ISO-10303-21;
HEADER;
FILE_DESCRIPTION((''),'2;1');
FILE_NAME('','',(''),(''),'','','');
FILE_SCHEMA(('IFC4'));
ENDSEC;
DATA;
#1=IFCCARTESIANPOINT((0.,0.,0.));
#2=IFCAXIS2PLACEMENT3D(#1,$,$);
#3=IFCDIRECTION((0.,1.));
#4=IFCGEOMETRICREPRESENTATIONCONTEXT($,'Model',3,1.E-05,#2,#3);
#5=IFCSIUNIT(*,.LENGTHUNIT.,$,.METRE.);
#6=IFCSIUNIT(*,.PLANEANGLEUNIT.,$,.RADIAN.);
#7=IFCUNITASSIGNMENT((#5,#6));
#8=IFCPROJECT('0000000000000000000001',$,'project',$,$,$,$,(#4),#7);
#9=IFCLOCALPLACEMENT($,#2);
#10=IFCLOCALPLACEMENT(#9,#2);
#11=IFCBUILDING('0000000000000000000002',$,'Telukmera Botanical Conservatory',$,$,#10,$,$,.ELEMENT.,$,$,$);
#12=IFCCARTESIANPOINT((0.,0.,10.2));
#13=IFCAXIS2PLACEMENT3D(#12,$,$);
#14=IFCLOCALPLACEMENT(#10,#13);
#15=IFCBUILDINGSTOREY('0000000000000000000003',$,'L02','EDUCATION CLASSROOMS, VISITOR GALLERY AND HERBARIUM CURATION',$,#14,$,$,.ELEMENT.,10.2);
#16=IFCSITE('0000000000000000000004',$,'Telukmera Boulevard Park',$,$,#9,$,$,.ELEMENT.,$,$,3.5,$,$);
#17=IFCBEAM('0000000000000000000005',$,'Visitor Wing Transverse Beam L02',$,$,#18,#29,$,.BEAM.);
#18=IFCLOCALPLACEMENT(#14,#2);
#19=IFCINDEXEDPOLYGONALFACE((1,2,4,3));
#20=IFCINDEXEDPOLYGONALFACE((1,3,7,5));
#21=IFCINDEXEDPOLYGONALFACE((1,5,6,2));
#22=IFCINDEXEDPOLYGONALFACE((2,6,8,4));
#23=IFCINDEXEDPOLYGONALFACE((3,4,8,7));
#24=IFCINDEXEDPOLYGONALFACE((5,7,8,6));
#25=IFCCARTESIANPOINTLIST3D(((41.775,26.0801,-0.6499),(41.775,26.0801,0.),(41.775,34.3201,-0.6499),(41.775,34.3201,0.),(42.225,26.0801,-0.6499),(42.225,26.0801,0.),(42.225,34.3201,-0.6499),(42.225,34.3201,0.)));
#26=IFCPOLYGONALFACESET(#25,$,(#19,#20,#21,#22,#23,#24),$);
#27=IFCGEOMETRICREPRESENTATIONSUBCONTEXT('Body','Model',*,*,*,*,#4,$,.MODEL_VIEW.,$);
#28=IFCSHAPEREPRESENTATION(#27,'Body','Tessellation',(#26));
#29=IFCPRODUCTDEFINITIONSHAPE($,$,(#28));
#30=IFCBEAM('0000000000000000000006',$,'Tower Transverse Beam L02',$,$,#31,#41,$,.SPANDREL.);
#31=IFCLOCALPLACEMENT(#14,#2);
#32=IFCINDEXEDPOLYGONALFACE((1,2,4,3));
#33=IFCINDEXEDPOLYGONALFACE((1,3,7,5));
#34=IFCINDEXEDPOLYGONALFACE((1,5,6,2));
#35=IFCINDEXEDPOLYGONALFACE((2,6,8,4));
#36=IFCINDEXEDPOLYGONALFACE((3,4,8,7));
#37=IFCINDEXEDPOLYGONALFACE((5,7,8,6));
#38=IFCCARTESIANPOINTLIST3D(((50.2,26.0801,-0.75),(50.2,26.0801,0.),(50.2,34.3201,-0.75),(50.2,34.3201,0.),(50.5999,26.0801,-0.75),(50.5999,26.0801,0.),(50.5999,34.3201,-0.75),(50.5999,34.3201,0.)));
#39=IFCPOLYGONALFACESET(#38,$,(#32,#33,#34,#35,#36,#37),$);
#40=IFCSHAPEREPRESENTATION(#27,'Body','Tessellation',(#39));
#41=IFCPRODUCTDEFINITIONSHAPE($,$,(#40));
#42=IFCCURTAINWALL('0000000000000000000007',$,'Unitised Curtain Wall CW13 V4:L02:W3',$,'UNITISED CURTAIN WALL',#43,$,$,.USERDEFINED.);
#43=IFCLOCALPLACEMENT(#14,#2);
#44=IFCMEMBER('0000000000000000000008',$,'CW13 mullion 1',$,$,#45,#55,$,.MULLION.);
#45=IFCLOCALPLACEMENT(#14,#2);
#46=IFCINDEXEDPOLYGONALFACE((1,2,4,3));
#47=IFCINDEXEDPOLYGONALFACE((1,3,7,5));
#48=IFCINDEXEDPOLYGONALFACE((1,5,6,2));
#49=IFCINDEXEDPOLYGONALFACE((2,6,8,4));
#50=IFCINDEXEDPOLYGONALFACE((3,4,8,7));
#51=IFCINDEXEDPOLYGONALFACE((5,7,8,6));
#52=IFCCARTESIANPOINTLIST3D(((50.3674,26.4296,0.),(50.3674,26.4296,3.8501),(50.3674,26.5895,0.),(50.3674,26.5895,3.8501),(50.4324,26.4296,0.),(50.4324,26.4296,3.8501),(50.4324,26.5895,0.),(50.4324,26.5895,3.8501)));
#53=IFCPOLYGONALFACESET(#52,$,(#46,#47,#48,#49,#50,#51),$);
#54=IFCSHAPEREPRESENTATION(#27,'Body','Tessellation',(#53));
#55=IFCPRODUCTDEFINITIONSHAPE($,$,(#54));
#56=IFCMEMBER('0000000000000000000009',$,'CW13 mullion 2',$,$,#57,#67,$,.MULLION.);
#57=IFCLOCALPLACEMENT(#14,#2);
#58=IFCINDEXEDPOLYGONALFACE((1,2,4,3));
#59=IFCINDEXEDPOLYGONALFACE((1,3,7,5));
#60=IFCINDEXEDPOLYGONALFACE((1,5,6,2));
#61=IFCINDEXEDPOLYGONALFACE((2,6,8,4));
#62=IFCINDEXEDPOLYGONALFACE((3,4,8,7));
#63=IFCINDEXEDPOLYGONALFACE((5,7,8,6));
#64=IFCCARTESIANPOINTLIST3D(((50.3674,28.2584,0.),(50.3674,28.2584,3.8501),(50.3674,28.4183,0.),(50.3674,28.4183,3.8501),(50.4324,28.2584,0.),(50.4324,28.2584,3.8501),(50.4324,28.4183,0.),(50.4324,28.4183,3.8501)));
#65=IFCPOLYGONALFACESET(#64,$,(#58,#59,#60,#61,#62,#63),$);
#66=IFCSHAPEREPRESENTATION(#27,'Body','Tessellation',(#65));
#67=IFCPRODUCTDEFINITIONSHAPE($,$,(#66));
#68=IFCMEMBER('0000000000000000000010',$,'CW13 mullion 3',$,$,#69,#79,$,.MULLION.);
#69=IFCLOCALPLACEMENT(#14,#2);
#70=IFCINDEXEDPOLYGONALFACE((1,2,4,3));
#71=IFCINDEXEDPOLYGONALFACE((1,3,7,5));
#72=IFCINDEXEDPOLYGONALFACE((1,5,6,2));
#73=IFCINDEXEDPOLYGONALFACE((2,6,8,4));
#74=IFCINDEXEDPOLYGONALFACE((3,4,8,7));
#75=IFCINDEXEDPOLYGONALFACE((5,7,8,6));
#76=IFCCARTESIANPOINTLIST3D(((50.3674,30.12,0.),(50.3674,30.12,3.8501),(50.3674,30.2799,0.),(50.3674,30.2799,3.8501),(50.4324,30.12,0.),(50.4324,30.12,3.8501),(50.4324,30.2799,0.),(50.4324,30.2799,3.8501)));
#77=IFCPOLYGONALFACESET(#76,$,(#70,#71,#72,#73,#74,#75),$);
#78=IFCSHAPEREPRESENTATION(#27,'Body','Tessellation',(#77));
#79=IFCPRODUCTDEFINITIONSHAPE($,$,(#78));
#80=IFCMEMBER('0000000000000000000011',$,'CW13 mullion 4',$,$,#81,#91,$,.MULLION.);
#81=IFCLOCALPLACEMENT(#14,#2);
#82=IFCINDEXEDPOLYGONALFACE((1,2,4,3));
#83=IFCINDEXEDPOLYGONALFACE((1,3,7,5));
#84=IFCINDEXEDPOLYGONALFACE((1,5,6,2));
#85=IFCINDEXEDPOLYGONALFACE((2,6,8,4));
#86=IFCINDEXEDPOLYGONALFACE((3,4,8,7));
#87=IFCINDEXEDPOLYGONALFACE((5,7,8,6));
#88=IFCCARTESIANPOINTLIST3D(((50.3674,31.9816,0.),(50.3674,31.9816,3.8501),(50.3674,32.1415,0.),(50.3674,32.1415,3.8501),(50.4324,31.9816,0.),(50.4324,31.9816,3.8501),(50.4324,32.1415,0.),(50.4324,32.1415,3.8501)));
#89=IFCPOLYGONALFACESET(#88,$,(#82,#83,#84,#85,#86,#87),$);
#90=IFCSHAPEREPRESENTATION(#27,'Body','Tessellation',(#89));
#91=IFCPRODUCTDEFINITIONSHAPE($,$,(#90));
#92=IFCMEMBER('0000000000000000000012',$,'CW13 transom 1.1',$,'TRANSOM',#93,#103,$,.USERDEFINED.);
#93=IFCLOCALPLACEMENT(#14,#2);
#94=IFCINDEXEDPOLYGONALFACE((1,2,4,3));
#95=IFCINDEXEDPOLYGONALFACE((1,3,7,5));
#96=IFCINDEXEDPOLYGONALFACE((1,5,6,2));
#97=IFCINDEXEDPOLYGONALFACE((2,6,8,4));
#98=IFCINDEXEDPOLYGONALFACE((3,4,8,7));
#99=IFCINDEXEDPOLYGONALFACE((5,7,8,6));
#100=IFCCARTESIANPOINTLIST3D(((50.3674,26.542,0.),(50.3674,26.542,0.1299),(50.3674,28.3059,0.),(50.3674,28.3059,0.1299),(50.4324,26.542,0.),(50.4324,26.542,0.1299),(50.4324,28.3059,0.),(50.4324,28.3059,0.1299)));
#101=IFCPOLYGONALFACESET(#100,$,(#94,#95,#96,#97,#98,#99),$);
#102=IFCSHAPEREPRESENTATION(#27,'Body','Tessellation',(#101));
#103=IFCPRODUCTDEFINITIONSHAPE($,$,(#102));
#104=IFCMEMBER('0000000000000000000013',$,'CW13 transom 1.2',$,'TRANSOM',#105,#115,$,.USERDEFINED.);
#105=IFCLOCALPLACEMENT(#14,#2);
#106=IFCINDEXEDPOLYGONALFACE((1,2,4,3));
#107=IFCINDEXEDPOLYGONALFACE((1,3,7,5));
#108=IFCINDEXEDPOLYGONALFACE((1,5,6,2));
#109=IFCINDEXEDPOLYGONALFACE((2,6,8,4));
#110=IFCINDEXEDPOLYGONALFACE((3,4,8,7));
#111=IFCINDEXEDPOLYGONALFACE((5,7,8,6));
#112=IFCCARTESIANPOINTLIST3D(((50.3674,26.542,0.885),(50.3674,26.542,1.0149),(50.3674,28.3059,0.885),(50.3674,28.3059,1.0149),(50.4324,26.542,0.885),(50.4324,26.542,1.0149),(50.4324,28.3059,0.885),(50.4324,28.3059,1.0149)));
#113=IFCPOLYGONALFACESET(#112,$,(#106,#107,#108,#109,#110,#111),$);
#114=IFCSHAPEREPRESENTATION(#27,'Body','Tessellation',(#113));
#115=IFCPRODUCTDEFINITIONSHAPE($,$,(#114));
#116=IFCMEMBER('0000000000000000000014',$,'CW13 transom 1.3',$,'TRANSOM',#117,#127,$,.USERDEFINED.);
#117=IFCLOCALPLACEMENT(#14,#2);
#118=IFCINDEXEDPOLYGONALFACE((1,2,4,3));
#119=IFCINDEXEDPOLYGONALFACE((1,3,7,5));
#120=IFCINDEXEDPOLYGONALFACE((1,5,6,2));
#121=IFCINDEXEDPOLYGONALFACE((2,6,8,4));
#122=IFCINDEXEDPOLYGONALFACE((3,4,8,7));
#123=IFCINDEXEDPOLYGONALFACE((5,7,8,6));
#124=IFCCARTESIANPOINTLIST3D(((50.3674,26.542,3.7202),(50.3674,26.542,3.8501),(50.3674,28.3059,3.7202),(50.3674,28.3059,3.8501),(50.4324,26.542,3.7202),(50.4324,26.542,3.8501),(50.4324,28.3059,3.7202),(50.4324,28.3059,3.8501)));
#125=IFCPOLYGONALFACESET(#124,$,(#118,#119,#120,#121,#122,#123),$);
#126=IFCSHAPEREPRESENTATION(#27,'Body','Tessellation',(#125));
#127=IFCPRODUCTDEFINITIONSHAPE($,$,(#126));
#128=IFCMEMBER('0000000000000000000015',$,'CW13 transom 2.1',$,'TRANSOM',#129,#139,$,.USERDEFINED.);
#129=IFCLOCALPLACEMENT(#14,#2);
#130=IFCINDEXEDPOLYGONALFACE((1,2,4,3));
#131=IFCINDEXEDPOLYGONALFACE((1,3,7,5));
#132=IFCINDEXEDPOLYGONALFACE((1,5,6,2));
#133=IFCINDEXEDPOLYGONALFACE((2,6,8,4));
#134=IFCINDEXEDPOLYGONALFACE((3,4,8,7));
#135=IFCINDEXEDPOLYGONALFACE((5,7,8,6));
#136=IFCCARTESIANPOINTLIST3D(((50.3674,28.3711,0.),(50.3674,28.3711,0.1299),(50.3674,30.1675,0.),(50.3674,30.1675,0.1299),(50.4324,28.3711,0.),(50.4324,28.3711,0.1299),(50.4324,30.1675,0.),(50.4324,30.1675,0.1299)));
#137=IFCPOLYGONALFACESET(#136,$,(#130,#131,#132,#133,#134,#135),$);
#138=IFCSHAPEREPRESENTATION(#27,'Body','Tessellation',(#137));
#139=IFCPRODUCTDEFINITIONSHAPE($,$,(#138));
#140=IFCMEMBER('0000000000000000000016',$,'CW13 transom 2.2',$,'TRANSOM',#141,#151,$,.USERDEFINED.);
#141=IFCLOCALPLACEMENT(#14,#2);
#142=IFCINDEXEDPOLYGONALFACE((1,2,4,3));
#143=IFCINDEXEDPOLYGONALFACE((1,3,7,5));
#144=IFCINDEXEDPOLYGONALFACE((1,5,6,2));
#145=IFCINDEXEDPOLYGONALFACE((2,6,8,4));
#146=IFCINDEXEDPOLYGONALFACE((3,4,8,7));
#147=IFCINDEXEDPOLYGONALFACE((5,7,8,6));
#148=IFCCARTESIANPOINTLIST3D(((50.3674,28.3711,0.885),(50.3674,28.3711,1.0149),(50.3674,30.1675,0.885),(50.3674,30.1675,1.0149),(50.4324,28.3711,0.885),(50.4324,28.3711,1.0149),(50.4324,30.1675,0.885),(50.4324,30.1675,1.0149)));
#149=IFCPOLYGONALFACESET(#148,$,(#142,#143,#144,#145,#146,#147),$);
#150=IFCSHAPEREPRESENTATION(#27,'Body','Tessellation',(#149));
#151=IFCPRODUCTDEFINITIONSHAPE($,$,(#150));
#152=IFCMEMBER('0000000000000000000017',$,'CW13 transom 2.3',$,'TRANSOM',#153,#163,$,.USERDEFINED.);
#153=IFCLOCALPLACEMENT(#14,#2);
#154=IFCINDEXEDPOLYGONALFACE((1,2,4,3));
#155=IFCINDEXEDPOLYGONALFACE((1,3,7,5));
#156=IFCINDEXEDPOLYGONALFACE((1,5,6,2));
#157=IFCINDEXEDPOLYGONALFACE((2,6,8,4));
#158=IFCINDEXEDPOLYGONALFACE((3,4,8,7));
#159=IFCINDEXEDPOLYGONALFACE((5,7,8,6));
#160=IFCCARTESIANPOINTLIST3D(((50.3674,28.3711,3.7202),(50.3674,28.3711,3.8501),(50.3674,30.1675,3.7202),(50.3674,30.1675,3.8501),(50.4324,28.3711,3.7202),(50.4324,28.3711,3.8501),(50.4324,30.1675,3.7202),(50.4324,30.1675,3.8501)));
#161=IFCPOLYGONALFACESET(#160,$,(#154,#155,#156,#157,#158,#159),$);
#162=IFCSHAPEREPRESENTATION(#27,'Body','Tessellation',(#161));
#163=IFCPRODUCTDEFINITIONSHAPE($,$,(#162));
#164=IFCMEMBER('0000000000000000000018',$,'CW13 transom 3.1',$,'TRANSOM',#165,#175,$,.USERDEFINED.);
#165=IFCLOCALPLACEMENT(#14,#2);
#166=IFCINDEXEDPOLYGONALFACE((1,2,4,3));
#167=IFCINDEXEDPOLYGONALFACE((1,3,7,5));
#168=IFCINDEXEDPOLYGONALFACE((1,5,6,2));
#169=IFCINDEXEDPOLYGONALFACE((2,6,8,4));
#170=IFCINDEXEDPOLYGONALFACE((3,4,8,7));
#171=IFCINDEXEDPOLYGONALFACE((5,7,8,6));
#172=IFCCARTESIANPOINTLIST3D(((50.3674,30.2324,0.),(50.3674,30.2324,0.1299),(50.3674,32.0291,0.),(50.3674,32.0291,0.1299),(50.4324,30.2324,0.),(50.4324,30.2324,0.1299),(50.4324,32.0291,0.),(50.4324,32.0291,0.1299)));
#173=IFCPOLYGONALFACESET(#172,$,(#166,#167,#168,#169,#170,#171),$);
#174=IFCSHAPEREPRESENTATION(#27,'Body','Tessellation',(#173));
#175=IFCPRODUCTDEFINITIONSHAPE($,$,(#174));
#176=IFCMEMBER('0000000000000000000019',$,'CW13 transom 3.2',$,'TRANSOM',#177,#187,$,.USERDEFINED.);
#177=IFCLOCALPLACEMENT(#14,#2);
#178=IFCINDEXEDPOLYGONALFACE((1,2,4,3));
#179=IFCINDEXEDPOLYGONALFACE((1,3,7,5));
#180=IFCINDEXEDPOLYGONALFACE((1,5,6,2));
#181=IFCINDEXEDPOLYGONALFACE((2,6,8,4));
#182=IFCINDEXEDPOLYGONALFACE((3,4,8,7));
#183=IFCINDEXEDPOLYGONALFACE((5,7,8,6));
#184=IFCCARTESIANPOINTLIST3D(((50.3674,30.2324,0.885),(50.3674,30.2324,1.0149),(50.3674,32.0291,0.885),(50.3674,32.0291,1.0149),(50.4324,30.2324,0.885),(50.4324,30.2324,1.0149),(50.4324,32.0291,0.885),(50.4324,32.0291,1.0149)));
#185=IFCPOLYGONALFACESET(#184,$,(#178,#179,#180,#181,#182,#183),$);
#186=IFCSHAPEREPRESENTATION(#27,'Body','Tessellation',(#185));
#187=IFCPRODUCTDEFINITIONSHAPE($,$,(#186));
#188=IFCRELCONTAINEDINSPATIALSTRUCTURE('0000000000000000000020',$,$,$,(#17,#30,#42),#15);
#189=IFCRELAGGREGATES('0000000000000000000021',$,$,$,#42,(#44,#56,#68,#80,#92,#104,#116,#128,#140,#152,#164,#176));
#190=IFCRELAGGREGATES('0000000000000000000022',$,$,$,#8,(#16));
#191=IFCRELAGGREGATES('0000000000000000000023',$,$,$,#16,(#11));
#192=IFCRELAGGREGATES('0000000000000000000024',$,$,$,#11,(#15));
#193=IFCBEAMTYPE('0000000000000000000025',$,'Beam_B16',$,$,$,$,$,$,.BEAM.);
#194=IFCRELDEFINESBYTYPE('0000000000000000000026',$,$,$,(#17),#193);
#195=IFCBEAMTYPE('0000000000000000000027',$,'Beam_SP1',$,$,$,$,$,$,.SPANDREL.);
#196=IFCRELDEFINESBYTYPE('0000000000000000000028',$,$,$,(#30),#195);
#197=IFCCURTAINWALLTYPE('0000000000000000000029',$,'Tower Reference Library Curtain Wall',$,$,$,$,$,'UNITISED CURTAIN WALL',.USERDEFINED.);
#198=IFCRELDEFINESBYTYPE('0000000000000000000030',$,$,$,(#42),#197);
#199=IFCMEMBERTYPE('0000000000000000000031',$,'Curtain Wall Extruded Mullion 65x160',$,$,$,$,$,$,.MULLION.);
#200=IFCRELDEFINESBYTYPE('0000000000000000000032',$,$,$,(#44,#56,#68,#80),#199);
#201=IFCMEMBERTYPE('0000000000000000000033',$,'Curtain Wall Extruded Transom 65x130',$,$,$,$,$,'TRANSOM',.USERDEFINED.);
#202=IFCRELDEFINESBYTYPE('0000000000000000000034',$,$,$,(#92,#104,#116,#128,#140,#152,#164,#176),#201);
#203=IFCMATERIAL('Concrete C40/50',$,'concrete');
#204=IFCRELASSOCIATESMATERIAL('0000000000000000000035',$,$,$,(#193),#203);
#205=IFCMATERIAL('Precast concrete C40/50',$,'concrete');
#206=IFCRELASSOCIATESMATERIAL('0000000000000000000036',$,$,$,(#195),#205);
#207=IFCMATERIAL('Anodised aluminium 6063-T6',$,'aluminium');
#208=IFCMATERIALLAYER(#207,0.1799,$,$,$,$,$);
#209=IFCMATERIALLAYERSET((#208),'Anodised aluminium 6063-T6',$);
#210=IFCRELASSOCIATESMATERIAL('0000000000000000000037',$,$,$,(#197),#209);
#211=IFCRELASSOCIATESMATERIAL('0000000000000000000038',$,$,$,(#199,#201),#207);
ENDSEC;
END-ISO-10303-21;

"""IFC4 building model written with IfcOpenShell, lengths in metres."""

from ifc_helpers import new_model, si_unit, direction, frame, origin, origin_2d, place, context, subcontext, project, spatial, rectangle, extrude, material, layer, layer_set, material_profile, profile_set, type_object, element, aggregate, save


model = new_model("IFC4")

# Units and contexts
model_context = context("Model", 3, precision=1e-05, world=origin(), true_north=direction((0.0, 1.0)))
body_context = subcontext(model_context, "Body", "Model", "MODEL_VIEW")
ifc_project = project(units=[si_unit("LENGTHUNIT", "METRE"), si_unit("PLANEANGLEUNIT", "RADIAN")], contexts=[model_context])

# Site, building, storey
site_placement = place(None, origin())
site = spatial("IfcSite", under=ifc_project, at=site_placement, Name="Telukmera Boulevard Park", CompositionType="ELEMENT", RefElevation=3.5)
building_placement = place(site_placement, origin())
building = spatial("IfcBuilding", under=site, at=building_placement, Name="Telukmera Botanical Conservatory", CompositionType="ELEMENT")
storey_placement = place(building_placement, frame((0.0, 0.0, 10.2)))
storey = spatial("IfcBuildingStorey", under=building, at=storey_placement, Name="L02", Description="EDUCATION CLASSROOMS, VISITOR GALLERY AND HERBARIUM CURATION", CompositionType="ELEMENT", Elevation=10.2)

# Beams
ifc_material_1 = material(Name="Concrete C40/50", Category="concrete")
ifc_material_profile_1 = material_profile(ifc_material_1, rectangle(XDim=0.45, YDim=0.6499, at=origin_2d()), Name="RC 450x650")
ifc_profile_set_1 = profile_set([ifc_material_profile_1], Name="Concrete C40/50")
beam_type_1 = type_object("IfcBeamType", Name="Beam_B16", PredefinedType="BEAM", material=ifc_profile_set_1)
beam_1_placement = place(storey_placement, frame((42.0, 26.0801, -0.325), z_axis=(0.0, 1.0, 0.0), x_axis=(-1.0, 0.0, 0.0)))
element("IfcBeam", 1, at=beam_1_placement, inside=storey, type_object=beam_type_1, Name="Visitor Wing Transverse Beam L02", PredefinedType="BEAM", context=body_context, shape_type="SweptSolid", body=[
    extrude(rectangle(XDim=0.45, YDim=0.6499, at=origin_2d()), origin(), (0.0, 0.0, 1.0), 8.24),
])
ifc_material_2 = material(Name="Precast concrete C40/50", Category="concrete")
ifc_material_profile_2 = material_profile(ifc_material_2, rectangle(XDim=0.3999, YDim=0.75, at=origin_2d()), Name="PC 400x750")
ifc_profile_set_2 = profile_set([ifc_material_profile_2], Name="Precast concrete C40/50")
beam_type_2 = type_object("IfcBeamType", Name="Beam_SP1", PredefinedType="SPANDREL", material=ifc_profile_set_2)
beam_2_placement = place(storey_placement, frame((50.3999, 26.0801, -0.375), z_axis=(0.0, 1.0, 0.0), x_axis=(-1.0, 0.0, 0.0)))
element("IfcBeam", 2, at=beam_2_placement, inside=storey, type_object=beam_type_2, Name="Tower Transverse Beam L02", PredefinedType="SPANDREL", context=body_context, shape_type="SweptSolid", body=[
    extrude(rectangle(XDim=0.3999, YDim=0.75, at=origin_2d()), origin(), (0.0, 0.0, 1.0), 8.24),
])

# Curtain wall, members
ifc_material_3 = material(Name="Anodised aluminium 6063-T6", Category="aluminium")
ifc_layer_1 = layer(ifc_material_3, 0.1799)
ifc_layer_set_1 = layer_set([ifc_layer_1], Name="Anodised aluminium 6063-T6")
curtain_wall_type = type_object("IfcCurtainWallType", Name="Tower Reference Library Curtain Wall", ElementType="UNITISED CURTAIN WALL", PredefinedType="USERDEFINED", material=ifc_layer_set_1)
curtain_wall_placement = place(storey_placement, origin())
curtain_wall = element("IfcCurtainWall", 3, at=curtain_wall_placement, inside=storey, type_object=curtain_wall_type, Name="Unitised Curtain Wall CW13 V4:L02:W3", ObjectType="UNITISED CURTAIN WALL", PredefinedType="USERDEFINED")
ifc_material_profile_3 = material_profile(ifc_material_3, rectangle(XDim=0.0649, YDim=0.1599, at=origin_2d()), Name="ALU MULL 65x160")
ifc_profile_set_3 = profile_set([ifc_material_profile_3], Name="Anodised aluminium 6063-T6")
member_type_1 = type_object("IfcMemberType", Name="Curtain Wall Extruded Mullion 65x160", PredefinedType="MULLION", material=ifc_profile_set_3)
member_1_placement = place(storey_placement, frame((50.3999, 26.5095, 0.0), z_axis=(0.0, 0.0, 1.0), x_axis=(-1.0, 0.0, 0.0)))
member_1 = element("IfcMember", 4, at=member_1_placement, type_object=member_type_1, Name="CW13 mullion 1", PredefinedType="MULLION", context=body_context, shape_type="SweptSolid", body=[
    extrude(rectangle(XDim=0.0649, YDim=0.1599, at=origin_2d()), origin(), (0.0, 0.0, 1.0), 3.8501),
])
member_2_placement = place(storey_placement, frame((50.3999, 28.3384, 0.0), z_axis=(0.0, 0.0, 1.0), x_axis=(-1.0, 0.0, 0.0)))
member_2 = element("IfcMember", 5, at=member_2_placement, type_object=member_type_1, Name="CW13 mullion 2", PredefinedType="MULLION", context=body_context, shape_type="SweptSolid", body=[
    extrude(rectangle(XDim=0.0649, YDim=0.1599, at=origin_2d()), origin(), (0.0, 0.0, 1.0), 3.8501),
])
member_3_placement = place(storey_placement, frame((50.3999, 30.2, 0.0), z_axis=(0.0, 0.0, 1.0), x_axis=(-1.0, 0.0, 0.0)))
member_3 = element("IfcMember", 6, at=member_3_placement, type_object=member_type_1, Name="CW13 mullion 3", PredefinedType="MULLION", context=body_context, shape_type="SweptSolid", body=[
    extrude(rectangle(XDim=0.0649, YDim=0.1599, at=origin_2d()), origin(), (0.0, 0.0, 1.0), 3.8501),
])
member_4_placement = place(storey_placement, frame((50.3999, 32.0615, 0.0), z_axis=(0.0, 0.0, 1.0), x_axis=(-1.0, 0.0, 0.0)))
member_4 = element("IfcMember", 7, at=member_4_placement, type_object=member_type_1, Name="CW13 mullion 4", PredefinedType="MULLION", context=body_context, shape_type="SweptSolid", body=[
    extrude(rectangle(XDim=0.0649, YDim=0.1599, at=origin_2d()), origin(), (0.0, 0.0, 1.0), 3.8501),
])
ifc_material_profile_4 = material_profile(ifc_material_3, rectangle(XDim=0.0649, YDim=0.1299, at=origin_2d()), Name="ALU TRAN 65x130")
ifc_profile_set_4 = profile_set([ifc_material_profile_4], Name="Anodised aluminium 6063-T6")
member_type_2 = type_object("IfcMemberType", Name="Curtain Wall Extruded Transom 65x130", ElementType="TRANSOM", PredefinedType="USERDEFINED", material=ifc_profile_set_4)
member_5_placement = place(storey_placement, frame((50.3999, 26.542, 0.0649), z_axis=(0.0, 1.0, 0.0), x_axis=(-1.0, 0.0, 0.0)))
member_5 = element("IfcMember", 8, at=member_5_placement, type_object=member_type_2, Name="CW13 transom 1.1", ObjectType="TRANSOM", PredefinedType="USERDEFINED", context=body_context, shape_type="SweptSolid", body=[
    extrude(rectangle(XDim=0.0649, YDim=0.1299, at=origin_2d()), origin(), (0.0, 0.0, 1.0), 1.7639),
])
member_6_placement = place(storey_placement, frame((50.3999, 26.542, 0.95), z_axis=(0.0, 1.0, 0.0), x_axis=(-1.0, 0.0, 0.0)))
member_6 = element("IfcMember", 9, at=member_6_placement, type_object=member_type_2, Name="CW13 transom 1.2", ObjectType="TRANSOM", PredefinedType="USERDEFINED", context=body_context, shape_type="SweptSolid", body=[
    extrude(rectangle(XDim=0.0649, YDim=0.1299, at=origin_2d()), origin(), (0.0, 0.0, 1.0), 1.7639),
])
member_7_placement = place(storey_placement, frame((50.3999, 26.542, 3.7852), z_axis=(0.0, 1.0, 0.0), x_axis=(-1.0, 0.0, 0.0)))
member_7 = element("IfcMember", 10, at=member_7_placement, type_object=member_type_2, Name="CW13 transom 1.3", ObjectType="TRANSOM", PredefinedType="USERDEFINED", context=body_context, shape_type="SweptSolid", body=[
    extrude(rectangle(XDim=0.0649, YDim=0.1299, at=origin_2d()), origin(), (0.0, 0.0, 1.0), 1.7639),
])
member_8_placement = place(storey_placement, frame((50.3999, 28.3711, 0.0649), z_axis=(0.0, 1.0, 0.0), x_axis=(-1.0, 0.0, 0.0)))
member_8 = element("IfcMember", 11, at=member_8_placement, type_object=member_type_2, Name="CW13 transom 2.1", ObjectType="TRANSOM", PredefinedType="USERDEFINED", context=body_context, shape_type="SweptSolid", body=[
    extrude(rectangle(XDim=0.0649, YDim=0.1299, at=origin_2d()), origin(), (0.0, 0.0, 1.0), 1.7964),
])
member_9_placement = place(storey_placement, frame((50.3999, 28.3711, 0.95), z_axis=(0.0, 1.0, 0.0), x_axis=(-1.0, 0.0, 0.0)))
member_9 = element("IfcMember", 12, at=member_9_placement, type_object=member_type_2, Name="CW13 transom 2.2", ObjectType="TRANSOM", PredefinedType="USERDEFINED", context=body_context, shape_type="SweptSolid", body=[
    extrude(rectangle(XDim=0.0649, YDim=0.1299, at=origin_2d()), origin(), (0.0, 0.0, 1.0), 1.7964),
])
member_10_placement = place(storey_placement, frame((50.3999, 28.3711, 3.7852), z_axis=(0.0, 1.0, 0.0), x_axis=(-1.0, 0.0, 0.0)))
member_10 = element("IfcMember", 13, at=member_10_placement, type_object=member_type_2, Name="CW13 transom 2.3", ObjectType="TRANSOM", PredefinedType="USERDEFINED", context=body_context, shape_type="SweptSolid", body=[
    extrude(rectangle(XDim=0.0649, YDim=0.1299, at=origin_2d()), origin(), (0.0, 0.0, 1.0), 1.7964),
])
member_11_placement = place(storey_placement, frame((50.3999, 30.2324, 0.0649), z_axis=(0.0, 1.0, 0.0), x_axis=(-1.0, 0.0, 0.0)))
member_11 = element("IfcMember", 14, at=member_11_placement, type_object=member_type_2, Name="CW13 transom 3.1", ObjectType="TRANSOM", PredefinedType="USERDEFINED", context=body_context, shape_type="SweptSolid", body=[
    extrude(rectangle(XDim=0.0649, YDim=0.1299, at=origin_2d()), origin(), (0.0, 0.0, 1.0), 1.7966),
])
member_12_placement = place(storey_placement, frame((50.3999, 30.2324, 0.95), z_axis=(0.0, 1.0, 0.0), x_axis=(-1.0, 0.0, 0.0)))
member_12 = element("IfcMember", 15, at=member_12_placement, type_object=member_type_2, Name="CW13 transom 3.2", ObjectType="TRANSOM", PredefinedType="USERDEFINED", context=body_context, shape_type="SweptSolid", body=[
    extrude(rectangle(XDim=0.0649, YDim=0.1299, at=origin_2d()), origin(), (0.0, 0.0, 1.0), 1.7966),
])
aggregate(curtain_wall, [member_1, member_2, member_3, member_4, member_5, member_6, member_7, member_8, member_9, member_10, member_11, member_12])

save(model, "model.ifc")
